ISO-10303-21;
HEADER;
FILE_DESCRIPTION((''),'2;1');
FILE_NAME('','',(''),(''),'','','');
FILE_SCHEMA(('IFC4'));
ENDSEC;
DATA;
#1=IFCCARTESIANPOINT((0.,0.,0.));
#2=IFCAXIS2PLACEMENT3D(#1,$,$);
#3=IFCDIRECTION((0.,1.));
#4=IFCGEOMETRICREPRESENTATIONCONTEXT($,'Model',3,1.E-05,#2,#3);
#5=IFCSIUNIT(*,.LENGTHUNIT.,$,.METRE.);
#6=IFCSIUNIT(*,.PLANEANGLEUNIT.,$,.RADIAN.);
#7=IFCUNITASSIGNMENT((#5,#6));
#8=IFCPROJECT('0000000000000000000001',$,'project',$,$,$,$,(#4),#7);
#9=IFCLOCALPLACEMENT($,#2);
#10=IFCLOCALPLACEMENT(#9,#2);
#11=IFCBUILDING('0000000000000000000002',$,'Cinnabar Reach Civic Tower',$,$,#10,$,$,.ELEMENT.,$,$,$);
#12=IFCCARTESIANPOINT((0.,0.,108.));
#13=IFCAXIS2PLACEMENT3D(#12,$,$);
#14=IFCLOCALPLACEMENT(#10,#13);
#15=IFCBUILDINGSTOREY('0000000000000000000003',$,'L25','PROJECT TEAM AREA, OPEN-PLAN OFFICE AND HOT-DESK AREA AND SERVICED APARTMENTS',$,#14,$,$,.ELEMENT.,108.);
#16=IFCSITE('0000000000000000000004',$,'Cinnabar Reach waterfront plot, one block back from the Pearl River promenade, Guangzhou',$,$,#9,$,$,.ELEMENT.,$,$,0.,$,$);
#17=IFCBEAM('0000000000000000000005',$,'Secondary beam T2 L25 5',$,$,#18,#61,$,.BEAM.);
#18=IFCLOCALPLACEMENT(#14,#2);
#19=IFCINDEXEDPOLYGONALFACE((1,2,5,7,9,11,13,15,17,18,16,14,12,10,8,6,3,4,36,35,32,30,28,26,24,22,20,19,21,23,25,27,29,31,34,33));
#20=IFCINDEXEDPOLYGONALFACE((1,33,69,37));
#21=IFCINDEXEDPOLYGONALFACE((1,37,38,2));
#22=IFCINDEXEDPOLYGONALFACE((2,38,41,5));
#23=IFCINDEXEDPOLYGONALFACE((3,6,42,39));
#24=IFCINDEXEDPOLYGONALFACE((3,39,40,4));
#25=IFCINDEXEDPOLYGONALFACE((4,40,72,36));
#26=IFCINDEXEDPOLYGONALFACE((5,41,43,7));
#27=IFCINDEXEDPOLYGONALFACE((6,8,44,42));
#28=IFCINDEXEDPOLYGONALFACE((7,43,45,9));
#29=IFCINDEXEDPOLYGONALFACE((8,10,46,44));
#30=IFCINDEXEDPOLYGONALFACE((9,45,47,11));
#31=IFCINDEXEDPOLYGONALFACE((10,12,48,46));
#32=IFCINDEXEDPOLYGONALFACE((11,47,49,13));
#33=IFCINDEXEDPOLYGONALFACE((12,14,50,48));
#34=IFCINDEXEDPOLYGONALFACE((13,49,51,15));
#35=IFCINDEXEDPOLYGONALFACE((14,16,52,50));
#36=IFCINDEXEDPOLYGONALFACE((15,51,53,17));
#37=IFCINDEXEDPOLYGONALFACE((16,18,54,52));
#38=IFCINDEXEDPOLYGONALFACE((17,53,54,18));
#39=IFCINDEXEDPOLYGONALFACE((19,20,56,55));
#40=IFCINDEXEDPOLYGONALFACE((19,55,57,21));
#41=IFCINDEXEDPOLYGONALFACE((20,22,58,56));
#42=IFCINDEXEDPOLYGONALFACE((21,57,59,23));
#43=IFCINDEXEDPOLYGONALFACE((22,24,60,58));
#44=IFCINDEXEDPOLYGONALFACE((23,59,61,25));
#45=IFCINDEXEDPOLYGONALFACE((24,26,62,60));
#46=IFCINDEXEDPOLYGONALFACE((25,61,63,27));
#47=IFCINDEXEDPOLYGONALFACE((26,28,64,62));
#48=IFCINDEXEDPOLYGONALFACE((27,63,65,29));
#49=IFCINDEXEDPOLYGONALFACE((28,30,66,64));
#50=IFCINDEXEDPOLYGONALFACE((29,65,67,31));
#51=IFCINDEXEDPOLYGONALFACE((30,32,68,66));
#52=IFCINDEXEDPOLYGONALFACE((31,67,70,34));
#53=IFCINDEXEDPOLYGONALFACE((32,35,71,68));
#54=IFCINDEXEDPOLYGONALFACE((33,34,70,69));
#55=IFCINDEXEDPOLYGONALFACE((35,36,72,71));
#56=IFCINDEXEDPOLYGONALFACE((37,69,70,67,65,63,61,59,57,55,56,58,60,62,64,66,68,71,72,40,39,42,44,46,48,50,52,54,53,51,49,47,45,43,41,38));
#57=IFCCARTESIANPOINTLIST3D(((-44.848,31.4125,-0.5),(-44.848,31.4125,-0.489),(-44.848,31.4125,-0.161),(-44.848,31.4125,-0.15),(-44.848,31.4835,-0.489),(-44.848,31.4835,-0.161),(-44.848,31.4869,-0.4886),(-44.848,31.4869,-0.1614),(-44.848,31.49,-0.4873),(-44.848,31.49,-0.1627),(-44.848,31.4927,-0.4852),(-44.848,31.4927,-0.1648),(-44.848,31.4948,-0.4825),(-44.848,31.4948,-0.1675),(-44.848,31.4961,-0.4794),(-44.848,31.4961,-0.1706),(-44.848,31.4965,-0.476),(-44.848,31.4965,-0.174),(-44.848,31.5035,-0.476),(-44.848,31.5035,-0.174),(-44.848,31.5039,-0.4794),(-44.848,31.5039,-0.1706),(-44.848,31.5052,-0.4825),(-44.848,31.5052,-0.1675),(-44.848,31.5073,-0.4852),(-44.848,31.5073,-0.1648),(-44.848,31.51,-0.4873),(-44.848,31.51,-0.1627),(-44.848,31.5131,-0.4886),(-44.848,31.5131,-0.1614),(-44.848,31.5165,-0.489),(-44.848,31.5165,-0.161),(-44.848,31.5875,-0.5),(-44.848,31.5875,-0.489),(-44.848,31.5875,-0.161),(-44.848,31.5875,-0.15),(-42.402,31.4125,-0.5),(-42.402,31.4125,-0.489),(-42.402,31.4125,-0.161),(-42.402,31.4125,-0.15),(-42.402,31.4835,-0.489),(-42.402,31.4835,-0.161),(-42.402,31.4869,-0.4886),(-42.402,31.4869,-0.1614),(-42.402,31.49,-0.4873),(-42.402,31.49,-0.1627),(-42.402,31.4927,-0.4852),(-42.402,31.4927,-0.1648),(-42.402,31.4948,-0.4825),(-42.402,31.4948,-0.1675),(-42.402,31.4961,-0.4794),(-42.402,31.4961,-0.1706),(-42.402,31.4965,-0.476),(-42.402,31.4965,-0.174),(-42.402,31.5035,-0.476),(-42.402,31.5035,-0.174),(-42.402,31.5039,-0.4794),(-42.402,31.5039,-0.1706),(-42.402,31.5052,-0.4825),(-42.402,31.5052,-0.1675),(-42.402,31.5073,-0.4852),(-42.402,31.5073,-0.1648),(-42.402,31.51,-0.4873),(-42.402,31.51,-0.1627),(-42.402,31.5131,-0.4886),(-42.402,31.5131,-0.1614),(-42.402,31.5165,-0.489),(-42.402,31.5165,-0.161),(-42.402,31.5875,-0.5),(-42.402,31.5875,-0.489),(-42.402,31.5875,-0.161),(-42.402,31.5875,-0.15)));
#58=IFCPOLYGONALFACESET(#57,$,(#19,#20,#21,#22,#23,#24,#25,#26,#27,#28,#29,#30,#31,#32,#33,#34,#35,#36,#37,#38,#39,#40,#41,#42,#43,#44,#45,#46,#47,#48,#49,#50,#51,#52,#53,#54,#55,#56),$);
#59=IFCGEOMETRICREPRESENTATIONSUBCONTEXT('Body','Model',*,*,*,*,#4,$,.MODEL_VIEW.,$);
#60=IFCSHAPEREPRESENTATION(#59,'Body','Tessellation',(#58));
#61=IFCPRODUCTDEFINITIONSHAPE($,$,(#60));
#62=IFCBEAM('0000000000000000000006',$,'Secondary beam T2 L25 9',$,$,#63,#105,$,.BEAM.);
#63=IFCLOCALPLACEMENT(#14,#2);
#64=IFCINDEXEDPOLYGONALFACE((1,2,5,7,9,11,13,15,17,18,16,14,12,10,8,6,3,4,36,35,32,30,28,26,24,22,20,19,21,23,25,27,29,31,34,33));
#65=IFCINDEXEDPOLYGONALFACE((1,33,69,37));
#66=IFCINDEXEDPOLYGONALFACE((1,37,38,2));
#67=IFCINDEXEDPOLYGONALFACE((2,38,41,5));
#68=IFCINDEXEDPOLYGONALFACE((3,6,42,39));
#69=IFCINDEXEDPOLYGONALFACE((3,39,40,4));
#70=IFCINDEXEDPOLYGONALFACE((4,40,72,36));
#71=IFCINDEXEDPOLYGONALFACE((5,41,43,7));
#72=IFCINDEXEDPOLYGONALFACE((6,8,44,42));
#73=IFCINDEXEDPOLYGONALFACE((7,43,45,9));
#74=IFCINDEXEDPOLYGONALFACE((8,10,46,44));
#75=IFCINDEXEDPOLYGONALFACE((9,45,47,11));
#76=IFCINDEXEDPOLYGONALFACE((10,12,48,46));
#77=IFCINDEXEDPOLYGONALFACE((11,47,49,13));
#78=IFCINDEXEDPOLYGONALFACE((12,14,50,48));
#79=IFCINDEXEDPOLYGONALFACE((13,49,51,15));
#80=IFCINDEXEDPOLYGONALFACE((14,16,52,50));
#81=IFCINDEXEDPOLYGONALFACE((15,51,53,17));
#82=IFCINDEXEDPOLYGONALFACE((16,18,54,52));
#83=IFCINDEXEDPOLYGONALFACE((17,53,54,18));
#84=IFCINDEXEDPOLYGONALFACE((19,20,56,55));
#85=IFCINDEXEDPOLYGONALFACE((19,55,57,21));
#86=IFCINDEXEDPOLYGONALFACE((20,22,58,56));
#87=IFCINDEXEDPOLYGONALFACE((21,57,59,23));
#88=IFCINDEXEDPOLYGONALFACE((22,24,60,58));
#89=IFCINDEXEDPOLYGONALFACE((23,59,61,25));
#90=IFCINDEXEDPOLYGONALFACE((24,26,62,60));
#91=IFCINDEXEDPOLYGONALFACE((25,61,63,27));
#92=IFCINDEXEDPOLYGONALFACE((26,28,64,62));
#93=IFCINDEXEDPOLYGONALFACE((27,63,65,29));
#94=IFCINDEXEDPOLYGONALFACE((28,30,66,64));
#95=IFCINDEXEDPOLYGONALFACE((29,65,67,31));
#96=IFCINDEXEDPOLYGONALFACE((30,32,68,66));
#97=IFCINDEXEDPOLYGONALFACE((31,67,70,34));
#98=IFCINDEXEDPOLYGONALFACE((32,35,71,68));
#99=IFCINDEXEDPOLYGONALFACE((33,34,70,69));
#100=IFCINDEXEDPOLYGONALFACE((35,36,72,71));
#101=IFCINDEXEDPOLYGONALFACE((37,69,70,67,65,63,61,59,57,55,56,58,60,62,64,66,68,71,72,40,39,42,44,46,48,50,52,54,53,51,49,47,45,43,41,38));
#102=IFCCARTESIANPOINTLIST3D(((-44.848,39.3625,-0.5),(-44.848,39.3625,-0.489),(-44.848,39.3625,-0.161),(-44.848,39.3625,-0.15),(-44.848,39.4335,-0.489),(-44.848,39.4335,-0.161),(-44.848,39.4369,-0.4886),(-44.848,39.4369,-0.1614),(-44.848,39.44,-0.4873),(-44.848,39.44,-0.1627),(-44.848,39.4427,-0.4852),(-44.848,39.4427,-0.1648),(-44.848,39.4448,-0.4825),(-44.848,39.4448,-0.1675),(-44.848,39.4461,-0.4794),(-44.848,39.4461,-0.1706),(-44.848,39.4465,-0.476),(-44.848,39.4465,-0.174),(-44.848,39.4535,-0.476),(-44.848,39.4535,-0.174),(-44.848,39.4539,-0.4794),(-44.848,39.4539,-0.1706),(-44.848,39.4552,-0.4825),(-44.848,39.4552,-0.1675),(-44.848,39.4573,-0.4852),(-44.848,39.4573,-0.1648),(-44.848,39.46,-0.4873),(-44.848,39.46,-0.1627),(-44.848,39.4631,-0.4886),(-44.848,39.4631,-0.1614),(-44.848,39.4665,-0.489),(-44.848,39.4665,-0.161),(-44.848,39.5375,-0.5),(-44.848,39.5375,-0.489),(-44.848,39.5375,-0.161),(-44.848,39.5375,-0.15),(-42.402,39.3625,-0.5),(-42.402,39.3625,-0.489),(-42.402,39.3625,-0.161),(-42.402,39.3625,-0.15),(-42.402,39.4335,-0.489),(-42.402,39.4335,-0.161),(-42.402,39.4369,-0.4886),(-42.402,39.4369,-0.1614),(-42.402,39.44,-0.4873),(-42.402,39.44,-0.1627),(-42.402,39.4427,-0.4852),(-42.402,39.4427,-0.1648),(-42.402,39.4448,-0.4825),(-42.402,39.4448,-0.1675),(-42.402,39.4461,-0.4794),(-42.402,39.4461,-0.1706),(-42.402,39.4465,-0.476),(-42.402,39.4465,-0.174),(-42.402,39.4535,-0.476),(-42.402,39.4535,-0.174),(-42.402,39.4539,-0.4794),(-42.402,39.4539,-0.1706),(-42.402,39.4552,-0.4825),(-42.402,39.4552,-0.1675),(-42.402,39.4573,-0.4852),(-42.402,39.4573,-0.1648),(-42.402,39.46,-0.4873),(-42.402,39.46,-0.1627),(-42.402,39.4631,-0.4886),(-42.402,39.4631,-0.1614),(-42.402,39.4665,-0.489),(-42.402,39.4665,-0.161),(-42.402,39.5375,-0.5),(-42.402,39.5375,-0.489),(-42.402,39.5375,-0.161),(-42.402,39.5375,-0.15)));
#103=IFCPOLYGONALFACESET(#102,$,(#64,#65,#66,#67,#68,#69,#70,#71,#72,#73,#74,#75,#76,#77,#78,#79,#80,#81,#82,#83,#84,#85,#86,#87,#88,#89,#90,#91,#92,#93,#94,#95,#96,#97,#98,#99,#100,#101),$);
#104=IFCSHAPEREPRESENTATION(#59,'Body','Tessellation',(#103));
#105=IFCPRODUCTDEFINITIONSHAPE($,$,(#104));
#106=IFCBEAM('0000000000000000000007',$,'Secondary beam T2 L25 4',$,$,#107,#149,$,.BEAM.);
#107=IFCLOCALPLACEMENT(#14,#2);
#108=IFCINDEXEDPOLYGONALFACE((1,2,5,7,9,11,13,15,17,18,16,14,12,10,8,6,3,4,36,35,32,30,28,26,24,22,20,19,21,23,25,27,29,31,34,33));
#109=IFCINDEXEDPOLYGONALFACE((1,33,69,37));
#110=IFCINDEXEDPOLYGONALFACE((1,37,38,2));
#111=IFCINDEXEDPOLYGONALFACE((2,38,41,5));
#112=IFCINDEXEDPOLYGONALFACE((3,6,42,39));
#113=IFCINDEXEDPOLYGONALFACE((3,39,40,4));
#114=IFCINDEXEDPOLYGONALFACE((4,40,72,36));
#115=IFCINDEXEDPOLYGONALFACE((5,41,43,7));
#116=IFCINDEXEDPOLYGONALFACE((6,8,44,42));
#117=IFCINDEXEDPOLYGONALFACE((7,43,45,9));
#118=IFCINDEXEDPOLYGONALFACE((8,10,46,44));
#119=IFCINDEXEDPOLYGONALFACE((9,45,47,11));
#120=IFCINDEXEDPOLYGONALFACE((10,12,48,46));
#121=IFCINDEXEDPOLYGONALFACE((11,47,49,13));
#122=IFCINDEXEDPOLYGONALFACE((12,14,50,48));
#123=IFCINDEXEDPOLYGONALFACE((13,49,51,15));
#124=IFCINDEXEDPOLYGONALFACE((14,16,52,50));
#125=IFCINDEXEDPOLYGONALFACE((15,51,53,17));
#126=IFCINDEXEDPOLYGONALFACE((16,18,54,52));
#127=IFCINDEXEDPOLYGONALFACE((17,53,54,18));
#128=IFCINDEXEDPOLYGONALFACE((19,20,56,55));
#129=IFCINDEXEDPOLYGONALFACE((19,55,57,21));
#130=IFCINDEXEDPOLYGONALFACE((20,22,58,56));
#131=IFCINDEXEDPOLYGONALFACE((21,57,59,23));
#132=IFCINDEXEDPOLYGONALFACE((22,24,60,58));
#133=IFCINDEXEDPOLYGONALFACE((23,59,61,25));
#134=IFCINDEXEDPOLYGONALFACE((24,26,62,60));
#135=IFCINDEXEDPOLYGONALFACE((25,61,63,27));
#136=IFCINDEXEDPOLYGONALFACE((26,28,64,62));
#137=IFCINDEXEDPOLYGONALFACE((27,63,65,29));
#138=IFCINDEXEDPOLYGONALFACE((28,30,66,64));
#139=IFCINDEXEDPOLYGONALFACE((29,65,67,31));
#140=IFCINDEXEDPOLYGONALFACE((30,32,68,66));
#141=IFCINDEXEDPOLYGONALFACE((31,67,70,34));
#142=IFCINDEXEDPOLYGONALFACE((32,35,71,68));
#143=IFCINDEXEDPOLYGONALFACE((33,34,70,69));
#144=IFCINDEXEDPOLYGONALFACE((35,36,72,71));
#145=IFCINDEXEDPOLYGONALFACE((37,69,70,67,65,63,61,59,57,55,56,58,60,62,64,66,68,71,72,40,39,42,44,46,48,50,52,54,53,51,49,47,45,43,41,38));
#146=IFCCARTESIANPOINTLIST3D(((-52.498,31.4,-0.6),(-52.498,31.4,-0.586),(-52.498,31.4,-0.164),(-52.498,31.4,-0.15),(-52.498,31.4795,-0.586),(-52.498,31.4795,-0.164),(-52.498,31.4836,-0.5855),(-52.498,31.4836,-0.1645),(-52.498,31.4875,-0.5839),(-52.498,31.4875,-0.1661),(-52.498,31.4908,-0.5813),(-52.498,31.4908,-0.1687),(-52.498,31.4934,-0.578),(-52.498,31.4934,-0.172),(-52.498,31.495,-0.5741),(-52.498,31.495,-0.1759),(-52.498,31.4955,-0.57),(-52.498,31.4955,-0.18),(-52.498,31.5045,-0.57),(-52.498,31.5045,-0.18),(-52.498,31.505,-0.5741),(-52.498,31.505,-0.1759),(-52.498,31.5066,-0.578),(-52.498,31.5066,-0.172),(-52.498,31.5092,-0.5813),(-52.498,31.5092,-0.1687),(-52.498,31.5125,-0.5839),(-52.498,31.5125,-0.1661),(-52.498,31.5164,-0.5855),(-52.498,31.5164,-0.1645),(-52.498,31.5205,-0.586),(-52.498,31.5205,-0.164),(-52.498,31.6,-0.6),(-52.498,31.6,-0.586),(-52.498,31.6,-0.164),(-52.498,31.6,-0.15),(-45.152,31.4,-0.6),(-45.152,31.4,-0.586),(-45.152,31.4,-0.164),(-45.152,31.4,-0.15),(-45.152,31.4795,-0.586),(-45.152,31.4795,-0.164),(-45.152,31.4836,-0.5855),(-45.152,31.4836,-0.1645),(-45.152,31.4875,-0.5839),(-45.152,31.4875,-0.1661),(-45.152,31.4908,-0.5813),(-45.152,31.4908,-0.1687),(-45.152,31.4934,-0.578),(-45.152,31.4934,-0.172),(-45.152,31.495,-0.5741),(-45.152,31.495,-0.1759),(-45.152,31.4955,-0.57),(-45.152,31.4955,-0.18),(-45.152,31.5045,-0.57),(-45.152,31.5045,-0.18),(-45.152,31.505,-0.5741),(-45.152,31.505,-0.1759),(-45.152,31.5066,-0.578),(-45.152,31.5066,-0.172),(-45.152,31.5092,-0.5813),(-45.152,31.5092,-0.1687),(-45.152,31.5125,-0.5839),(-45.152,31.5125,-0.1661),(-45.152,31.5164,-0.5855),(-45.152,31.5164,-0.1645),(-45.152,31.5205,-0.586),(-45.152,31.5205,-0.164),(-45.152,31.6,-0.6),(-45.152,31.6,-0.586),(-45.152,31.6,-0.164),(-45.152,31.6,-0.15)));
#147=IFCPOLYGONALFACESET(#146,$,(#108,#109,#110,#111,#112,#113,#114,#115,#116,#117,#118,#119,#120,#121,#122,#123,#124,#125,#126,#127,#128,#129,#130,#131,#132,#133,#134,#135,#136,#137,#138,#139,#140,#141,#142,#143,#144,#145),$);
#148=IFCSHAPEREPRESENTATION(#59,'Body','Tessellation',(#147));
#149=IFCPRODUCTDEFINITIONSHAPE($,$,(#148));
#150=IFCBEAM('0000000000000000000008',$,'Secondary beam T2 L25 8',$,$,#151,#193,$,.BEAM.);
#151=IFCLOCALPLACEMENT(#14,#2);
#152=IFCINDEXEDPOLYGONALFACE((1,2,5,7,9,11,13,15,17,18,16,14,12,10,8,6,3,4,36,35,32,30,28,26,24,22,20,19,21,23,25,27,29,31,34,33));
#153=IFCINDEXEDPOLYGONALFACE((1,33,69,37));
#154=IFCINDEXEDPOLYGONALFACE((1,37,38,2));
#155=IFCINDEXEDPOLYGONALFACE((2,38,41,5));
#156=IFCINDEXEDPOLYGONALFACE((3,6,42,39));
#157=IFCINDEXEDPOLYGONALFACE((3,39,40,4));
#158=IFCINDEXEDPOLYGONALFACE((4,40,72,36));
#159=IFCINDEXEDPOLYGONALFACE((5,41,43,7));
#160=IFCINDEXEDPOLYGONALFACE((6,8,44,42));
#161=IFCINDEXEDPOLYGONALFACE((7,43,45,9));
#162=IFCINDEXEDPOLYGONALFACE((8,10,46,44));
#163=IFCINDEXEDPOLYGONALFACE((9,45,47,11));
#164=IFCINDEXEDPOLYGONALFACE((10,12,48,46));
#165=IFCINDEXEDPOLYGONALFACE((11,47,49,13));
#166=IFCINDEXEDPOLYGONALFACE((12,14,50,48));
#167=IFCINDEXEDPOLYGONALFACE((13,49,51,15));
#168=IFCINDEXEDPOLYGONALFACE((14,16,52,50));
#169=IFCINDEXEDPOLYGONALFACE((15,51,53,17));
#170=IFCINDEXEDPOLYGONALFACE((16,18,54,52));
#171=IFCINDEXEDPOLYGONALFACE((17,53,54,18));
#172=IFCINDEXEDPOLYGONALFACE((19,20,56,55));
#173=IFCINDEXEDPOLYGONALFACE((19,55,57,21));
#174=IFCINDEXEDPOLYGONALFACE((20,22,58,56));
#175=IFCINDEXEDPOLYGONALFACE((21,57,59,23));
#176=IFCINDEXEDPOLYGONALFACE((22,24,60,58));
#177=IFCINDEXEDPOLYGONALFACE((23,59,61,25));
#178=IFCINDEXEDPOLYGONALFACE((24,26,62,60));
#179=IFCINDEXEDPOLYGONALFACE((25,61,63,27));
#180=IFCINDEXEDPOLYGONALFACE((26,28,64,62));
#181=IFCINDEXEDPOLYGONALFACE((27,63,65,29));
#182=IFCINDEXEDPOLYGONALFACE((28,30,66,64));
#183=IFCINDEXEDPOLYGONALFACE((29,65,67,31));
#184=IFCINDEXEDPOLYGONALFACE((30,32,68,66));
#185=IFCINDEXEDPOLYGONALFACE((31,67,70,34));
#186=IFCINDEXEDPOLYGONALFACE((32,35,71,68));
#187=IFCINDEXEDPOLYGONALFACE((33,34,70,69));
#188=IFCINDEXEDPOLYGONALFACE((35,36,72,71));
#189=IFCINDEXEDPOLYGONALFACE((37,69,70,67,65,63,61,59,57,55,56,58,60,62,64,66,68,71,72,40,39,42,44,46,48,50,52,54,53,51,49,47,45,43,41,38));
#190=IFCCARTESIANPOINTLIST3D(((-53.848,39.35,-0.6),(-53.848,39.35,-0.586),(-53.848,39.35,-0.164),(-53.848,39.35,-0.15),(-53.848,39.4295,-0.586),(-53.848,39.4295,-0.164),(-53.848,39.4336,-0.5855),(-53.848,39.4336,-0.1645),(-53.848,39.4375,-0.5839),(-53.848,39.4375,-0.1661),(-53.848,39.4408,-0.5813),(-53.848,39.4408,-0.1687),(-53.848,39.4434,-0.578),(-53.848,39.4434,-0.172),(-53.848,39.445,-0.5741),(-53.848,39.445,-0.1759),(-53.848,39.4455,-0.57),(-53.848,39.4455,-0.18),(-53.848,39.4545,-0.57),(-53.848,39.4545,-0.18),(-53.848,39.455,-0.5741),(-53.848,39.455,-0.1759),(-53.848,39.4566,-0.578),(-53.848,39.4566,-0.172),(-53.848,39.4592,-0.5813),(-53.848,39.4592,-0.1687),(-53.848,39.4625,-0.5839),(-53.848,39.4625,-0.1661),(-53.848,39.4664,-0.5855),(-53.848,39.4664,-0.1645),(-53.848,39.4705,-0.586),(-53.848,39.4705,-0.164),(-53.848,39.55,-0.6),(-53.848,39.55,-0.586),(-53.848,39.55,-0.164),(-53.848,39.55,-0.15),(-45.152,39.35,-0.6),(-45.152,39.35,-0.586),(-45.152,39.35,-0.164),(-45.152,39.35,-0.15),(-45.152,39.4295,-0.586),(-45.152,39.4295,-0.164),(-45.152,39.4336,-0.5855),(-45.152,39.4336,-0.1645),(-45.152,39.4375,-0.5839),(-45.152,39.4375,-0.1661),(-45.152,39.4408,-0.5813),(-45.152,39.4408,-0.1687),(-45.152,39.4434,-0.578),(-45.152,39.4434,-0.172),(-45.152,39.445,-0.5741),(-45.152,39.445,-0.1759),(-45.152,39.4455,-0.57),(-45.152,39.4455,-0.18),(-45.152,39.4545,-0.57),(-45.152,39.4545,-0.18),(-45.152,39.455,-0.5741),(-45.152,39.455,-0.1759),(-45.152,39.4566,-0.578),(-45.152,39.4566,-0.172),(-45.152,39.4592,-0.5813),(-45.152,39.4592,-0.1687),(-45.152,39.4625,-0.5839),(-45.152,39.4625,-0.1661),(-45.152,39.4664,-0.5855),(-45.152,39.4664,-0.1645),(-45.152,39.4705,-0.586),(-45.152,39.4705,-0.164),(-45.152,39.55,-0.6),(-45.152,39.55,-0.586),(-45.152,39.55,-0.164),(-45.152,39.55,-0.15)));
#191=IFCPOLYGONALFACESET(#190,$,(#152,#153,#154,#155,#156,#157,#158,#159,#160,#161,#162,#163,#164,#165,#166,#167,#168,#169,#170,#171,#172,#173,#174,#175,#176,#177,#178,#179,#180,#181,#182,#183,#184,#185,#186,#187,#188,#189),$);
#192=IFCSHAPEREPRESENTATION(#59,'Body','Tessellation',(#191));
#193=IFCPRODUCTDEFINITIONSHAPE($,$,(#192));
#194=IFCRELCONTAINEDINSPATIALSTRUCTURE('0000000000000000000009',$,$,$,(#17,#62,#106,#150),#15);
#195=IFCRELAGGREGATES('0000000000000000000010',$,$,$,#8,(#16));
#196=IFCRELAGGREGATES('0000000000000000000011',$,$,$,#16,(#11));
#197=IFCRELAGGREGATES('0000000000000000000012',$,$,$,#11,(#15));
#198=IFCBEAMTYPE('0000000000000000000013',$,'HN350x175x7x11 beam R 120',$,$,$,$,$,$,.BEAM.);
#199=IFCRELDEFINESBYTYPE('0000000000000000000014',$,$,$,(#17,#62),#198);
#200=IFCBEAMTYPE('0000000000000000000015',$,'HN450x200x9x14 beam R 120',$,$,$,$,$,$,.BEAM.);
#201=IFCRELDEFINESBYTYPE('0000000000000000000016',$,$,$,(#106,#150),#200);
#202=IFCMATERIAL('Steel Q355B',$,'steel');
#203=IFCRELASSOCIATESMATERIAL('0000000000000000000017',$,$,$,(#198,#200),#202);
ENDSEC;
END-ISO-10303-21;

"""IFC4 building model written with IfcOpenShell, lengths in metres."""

from ifc_helpers import new_model, si_unit, direction, frame, origin, origin_2d, place, context, subcontext, project, spatial, i_section, extrude, material, material_profile, profile_set, type_object, element, save


model = new_model("IFC4")

# Units and contexts
model_context = context("Model", 3, precision=1e-05, world=origin(), true_north=direction((0.0, 1.0)))
body_context = subcontext(model_context, "Body", "Model", "MODEL_VIEW")
ifc_project = project(units=[si_unit("LENGTHUNIT", "METRE"), si_unit("PLANEANGLEUNIT", "RADIAN")], contexts=[model_context])

# Site, building, storey
site_placement = place(None, origin())
site = spatial("IfcSite", under=ifc_project, at=site_placement, Name="Cinnabar Reach waterfront plot, one block back from the Pearl River promenade, Guangzhou", CompositionType="ELEMENT", RefElevation=0.0)
building_placement = place(site_placement, origin())
building = spatial("IfcBuilding", under=site, at=building_placement, Name="Cinnabar Reach Civic Tower", CompositionType="ELEMENT")
storey_placement = place(building_placement, frame((0.0, 0.0, 108.0)))
storey = spatial("IfcBuildingStorey", under=building, at=storey_placement, Name="L25", Description="PROJECT TEAM AREA, OPEN-PLAN OFFICE AND HOT-DESK AREA AND SERVICED APARTMENTS", CompositionType="ELEMENT", Elevation=108.0)

# Beams
ifc_material_1 = material(Name="Steel Q355B", Category="steel")
ifc_material_profile_1 = material_profile(ifc_material_1, i_section(OverallWidth=0.175, OverallDepth=0.35, WebThickness=0.007, FlangeThickness=0.011, FilletRadius=0.013, at=origin_2d()), Name="HN350x175x7x11")
ifc_profile_set_1 = profile_set([ifc_material_profile_1], Name="Steel Q355B")
beam_type_1 = type_object("IfcBeamType", Name="HN350x175x7x11 beam R 120", PredefinedType="BEAM", material=ifc_profile_set_1)
for number, where, z_axis, x_axis, name in (
    (1, (-44.848, 31.5, -0.325), (1.0, 0.0, 0.0), (0.0, 1.0, 0.0), "Secondary beam T2 L25 5"),
    (2, (-44.848, 39.45, -0.325), (1.0, 0.0, 0.0), (0.0, 1.0, 0.0), "Secondary beam T2 L25 9"),
):
    element("IfcBeam", number, at=place(storey_placement, frame(where, z_axis=z_axis, x_axis=x_axis)), inside=storey, type_object=beam_type_1, Name=name, PredefinedType="BEAM", context=body_context, shape_type="SweptSolid", body=[
        extrude(i_section(OverallWidth=0.175, OverallDepth=0.35, WebThickness=0.007, FlangeThickness=0.011, FilletRadius=0.013, at=origin_2d()), origin(), (0.0, 0.0, 1.0), 2.446),
    ])
ifc_material_profile_2 = material_profile(ifc_material_1, i_section(OverallWidth=0.2, OverallDepth=0.45, WebThickness=0.009, FlangeThickness=0.014, FilletRadius=0.016, at=origin_2d()), Name="HN450x200x9x14")
ifc_profile_set_2 = profile_set([ifc_material_profile_2], Name="Steel Q355B")
beam_type_2 = type_object("IfcBeamType", Name="HN450x200x9x14 beam R 120", PredefinedType="BEAM", material=ifc_profile_set_2)
beam_1_placement = place(storey_placement, frame((-52.498, 31.5, -0.375), z_axis=(1.0, 0.0, 0.0), x_axis=(0.0, 1.0, 0.0)))
element("IfcBeam", 3, at=beam_1_placement, inside=storey, type_object=beam_type_2, Name="Secondary beam T2 L25 4", PredefinedType="BEAM", context=body_context, shape_type="SweptSolid", body=[
    extrude(i_section(OverallWidth=0.2, OverallDepth=0.45, WebThickness=0.009, FlangeThickness=0.014, FilletRadius=0.016, at=origin_2d()), origin(), (0.0, 0.0, 1.0), 7.346),
])
beam_2_placement = place(storey_placement, frame((-53.848, 39.45, -0.375), z_axis=(1.0, 0.0, 0.0), x_axis=(0.0, 1.0, 0.0)))
element("IfcBeam", 4, at=beam_2_placement, inside=storey, type_object=beam_type_2, Name="Secondary beam T2 L25 8", PredefinedType="BEAM", context=body_context, shape_type="SweptSolid", body=[
    extrude(i_section(OverallWidth=0.2, OverallDepth=0.45, WebThickness=0.009, FlangeThickness=0.014, FilletRadius=0.016, at=origin_2d()), origin(), (0.0, 0.0, 1.0), 8.696),
])

save(model, "model.ifc")
